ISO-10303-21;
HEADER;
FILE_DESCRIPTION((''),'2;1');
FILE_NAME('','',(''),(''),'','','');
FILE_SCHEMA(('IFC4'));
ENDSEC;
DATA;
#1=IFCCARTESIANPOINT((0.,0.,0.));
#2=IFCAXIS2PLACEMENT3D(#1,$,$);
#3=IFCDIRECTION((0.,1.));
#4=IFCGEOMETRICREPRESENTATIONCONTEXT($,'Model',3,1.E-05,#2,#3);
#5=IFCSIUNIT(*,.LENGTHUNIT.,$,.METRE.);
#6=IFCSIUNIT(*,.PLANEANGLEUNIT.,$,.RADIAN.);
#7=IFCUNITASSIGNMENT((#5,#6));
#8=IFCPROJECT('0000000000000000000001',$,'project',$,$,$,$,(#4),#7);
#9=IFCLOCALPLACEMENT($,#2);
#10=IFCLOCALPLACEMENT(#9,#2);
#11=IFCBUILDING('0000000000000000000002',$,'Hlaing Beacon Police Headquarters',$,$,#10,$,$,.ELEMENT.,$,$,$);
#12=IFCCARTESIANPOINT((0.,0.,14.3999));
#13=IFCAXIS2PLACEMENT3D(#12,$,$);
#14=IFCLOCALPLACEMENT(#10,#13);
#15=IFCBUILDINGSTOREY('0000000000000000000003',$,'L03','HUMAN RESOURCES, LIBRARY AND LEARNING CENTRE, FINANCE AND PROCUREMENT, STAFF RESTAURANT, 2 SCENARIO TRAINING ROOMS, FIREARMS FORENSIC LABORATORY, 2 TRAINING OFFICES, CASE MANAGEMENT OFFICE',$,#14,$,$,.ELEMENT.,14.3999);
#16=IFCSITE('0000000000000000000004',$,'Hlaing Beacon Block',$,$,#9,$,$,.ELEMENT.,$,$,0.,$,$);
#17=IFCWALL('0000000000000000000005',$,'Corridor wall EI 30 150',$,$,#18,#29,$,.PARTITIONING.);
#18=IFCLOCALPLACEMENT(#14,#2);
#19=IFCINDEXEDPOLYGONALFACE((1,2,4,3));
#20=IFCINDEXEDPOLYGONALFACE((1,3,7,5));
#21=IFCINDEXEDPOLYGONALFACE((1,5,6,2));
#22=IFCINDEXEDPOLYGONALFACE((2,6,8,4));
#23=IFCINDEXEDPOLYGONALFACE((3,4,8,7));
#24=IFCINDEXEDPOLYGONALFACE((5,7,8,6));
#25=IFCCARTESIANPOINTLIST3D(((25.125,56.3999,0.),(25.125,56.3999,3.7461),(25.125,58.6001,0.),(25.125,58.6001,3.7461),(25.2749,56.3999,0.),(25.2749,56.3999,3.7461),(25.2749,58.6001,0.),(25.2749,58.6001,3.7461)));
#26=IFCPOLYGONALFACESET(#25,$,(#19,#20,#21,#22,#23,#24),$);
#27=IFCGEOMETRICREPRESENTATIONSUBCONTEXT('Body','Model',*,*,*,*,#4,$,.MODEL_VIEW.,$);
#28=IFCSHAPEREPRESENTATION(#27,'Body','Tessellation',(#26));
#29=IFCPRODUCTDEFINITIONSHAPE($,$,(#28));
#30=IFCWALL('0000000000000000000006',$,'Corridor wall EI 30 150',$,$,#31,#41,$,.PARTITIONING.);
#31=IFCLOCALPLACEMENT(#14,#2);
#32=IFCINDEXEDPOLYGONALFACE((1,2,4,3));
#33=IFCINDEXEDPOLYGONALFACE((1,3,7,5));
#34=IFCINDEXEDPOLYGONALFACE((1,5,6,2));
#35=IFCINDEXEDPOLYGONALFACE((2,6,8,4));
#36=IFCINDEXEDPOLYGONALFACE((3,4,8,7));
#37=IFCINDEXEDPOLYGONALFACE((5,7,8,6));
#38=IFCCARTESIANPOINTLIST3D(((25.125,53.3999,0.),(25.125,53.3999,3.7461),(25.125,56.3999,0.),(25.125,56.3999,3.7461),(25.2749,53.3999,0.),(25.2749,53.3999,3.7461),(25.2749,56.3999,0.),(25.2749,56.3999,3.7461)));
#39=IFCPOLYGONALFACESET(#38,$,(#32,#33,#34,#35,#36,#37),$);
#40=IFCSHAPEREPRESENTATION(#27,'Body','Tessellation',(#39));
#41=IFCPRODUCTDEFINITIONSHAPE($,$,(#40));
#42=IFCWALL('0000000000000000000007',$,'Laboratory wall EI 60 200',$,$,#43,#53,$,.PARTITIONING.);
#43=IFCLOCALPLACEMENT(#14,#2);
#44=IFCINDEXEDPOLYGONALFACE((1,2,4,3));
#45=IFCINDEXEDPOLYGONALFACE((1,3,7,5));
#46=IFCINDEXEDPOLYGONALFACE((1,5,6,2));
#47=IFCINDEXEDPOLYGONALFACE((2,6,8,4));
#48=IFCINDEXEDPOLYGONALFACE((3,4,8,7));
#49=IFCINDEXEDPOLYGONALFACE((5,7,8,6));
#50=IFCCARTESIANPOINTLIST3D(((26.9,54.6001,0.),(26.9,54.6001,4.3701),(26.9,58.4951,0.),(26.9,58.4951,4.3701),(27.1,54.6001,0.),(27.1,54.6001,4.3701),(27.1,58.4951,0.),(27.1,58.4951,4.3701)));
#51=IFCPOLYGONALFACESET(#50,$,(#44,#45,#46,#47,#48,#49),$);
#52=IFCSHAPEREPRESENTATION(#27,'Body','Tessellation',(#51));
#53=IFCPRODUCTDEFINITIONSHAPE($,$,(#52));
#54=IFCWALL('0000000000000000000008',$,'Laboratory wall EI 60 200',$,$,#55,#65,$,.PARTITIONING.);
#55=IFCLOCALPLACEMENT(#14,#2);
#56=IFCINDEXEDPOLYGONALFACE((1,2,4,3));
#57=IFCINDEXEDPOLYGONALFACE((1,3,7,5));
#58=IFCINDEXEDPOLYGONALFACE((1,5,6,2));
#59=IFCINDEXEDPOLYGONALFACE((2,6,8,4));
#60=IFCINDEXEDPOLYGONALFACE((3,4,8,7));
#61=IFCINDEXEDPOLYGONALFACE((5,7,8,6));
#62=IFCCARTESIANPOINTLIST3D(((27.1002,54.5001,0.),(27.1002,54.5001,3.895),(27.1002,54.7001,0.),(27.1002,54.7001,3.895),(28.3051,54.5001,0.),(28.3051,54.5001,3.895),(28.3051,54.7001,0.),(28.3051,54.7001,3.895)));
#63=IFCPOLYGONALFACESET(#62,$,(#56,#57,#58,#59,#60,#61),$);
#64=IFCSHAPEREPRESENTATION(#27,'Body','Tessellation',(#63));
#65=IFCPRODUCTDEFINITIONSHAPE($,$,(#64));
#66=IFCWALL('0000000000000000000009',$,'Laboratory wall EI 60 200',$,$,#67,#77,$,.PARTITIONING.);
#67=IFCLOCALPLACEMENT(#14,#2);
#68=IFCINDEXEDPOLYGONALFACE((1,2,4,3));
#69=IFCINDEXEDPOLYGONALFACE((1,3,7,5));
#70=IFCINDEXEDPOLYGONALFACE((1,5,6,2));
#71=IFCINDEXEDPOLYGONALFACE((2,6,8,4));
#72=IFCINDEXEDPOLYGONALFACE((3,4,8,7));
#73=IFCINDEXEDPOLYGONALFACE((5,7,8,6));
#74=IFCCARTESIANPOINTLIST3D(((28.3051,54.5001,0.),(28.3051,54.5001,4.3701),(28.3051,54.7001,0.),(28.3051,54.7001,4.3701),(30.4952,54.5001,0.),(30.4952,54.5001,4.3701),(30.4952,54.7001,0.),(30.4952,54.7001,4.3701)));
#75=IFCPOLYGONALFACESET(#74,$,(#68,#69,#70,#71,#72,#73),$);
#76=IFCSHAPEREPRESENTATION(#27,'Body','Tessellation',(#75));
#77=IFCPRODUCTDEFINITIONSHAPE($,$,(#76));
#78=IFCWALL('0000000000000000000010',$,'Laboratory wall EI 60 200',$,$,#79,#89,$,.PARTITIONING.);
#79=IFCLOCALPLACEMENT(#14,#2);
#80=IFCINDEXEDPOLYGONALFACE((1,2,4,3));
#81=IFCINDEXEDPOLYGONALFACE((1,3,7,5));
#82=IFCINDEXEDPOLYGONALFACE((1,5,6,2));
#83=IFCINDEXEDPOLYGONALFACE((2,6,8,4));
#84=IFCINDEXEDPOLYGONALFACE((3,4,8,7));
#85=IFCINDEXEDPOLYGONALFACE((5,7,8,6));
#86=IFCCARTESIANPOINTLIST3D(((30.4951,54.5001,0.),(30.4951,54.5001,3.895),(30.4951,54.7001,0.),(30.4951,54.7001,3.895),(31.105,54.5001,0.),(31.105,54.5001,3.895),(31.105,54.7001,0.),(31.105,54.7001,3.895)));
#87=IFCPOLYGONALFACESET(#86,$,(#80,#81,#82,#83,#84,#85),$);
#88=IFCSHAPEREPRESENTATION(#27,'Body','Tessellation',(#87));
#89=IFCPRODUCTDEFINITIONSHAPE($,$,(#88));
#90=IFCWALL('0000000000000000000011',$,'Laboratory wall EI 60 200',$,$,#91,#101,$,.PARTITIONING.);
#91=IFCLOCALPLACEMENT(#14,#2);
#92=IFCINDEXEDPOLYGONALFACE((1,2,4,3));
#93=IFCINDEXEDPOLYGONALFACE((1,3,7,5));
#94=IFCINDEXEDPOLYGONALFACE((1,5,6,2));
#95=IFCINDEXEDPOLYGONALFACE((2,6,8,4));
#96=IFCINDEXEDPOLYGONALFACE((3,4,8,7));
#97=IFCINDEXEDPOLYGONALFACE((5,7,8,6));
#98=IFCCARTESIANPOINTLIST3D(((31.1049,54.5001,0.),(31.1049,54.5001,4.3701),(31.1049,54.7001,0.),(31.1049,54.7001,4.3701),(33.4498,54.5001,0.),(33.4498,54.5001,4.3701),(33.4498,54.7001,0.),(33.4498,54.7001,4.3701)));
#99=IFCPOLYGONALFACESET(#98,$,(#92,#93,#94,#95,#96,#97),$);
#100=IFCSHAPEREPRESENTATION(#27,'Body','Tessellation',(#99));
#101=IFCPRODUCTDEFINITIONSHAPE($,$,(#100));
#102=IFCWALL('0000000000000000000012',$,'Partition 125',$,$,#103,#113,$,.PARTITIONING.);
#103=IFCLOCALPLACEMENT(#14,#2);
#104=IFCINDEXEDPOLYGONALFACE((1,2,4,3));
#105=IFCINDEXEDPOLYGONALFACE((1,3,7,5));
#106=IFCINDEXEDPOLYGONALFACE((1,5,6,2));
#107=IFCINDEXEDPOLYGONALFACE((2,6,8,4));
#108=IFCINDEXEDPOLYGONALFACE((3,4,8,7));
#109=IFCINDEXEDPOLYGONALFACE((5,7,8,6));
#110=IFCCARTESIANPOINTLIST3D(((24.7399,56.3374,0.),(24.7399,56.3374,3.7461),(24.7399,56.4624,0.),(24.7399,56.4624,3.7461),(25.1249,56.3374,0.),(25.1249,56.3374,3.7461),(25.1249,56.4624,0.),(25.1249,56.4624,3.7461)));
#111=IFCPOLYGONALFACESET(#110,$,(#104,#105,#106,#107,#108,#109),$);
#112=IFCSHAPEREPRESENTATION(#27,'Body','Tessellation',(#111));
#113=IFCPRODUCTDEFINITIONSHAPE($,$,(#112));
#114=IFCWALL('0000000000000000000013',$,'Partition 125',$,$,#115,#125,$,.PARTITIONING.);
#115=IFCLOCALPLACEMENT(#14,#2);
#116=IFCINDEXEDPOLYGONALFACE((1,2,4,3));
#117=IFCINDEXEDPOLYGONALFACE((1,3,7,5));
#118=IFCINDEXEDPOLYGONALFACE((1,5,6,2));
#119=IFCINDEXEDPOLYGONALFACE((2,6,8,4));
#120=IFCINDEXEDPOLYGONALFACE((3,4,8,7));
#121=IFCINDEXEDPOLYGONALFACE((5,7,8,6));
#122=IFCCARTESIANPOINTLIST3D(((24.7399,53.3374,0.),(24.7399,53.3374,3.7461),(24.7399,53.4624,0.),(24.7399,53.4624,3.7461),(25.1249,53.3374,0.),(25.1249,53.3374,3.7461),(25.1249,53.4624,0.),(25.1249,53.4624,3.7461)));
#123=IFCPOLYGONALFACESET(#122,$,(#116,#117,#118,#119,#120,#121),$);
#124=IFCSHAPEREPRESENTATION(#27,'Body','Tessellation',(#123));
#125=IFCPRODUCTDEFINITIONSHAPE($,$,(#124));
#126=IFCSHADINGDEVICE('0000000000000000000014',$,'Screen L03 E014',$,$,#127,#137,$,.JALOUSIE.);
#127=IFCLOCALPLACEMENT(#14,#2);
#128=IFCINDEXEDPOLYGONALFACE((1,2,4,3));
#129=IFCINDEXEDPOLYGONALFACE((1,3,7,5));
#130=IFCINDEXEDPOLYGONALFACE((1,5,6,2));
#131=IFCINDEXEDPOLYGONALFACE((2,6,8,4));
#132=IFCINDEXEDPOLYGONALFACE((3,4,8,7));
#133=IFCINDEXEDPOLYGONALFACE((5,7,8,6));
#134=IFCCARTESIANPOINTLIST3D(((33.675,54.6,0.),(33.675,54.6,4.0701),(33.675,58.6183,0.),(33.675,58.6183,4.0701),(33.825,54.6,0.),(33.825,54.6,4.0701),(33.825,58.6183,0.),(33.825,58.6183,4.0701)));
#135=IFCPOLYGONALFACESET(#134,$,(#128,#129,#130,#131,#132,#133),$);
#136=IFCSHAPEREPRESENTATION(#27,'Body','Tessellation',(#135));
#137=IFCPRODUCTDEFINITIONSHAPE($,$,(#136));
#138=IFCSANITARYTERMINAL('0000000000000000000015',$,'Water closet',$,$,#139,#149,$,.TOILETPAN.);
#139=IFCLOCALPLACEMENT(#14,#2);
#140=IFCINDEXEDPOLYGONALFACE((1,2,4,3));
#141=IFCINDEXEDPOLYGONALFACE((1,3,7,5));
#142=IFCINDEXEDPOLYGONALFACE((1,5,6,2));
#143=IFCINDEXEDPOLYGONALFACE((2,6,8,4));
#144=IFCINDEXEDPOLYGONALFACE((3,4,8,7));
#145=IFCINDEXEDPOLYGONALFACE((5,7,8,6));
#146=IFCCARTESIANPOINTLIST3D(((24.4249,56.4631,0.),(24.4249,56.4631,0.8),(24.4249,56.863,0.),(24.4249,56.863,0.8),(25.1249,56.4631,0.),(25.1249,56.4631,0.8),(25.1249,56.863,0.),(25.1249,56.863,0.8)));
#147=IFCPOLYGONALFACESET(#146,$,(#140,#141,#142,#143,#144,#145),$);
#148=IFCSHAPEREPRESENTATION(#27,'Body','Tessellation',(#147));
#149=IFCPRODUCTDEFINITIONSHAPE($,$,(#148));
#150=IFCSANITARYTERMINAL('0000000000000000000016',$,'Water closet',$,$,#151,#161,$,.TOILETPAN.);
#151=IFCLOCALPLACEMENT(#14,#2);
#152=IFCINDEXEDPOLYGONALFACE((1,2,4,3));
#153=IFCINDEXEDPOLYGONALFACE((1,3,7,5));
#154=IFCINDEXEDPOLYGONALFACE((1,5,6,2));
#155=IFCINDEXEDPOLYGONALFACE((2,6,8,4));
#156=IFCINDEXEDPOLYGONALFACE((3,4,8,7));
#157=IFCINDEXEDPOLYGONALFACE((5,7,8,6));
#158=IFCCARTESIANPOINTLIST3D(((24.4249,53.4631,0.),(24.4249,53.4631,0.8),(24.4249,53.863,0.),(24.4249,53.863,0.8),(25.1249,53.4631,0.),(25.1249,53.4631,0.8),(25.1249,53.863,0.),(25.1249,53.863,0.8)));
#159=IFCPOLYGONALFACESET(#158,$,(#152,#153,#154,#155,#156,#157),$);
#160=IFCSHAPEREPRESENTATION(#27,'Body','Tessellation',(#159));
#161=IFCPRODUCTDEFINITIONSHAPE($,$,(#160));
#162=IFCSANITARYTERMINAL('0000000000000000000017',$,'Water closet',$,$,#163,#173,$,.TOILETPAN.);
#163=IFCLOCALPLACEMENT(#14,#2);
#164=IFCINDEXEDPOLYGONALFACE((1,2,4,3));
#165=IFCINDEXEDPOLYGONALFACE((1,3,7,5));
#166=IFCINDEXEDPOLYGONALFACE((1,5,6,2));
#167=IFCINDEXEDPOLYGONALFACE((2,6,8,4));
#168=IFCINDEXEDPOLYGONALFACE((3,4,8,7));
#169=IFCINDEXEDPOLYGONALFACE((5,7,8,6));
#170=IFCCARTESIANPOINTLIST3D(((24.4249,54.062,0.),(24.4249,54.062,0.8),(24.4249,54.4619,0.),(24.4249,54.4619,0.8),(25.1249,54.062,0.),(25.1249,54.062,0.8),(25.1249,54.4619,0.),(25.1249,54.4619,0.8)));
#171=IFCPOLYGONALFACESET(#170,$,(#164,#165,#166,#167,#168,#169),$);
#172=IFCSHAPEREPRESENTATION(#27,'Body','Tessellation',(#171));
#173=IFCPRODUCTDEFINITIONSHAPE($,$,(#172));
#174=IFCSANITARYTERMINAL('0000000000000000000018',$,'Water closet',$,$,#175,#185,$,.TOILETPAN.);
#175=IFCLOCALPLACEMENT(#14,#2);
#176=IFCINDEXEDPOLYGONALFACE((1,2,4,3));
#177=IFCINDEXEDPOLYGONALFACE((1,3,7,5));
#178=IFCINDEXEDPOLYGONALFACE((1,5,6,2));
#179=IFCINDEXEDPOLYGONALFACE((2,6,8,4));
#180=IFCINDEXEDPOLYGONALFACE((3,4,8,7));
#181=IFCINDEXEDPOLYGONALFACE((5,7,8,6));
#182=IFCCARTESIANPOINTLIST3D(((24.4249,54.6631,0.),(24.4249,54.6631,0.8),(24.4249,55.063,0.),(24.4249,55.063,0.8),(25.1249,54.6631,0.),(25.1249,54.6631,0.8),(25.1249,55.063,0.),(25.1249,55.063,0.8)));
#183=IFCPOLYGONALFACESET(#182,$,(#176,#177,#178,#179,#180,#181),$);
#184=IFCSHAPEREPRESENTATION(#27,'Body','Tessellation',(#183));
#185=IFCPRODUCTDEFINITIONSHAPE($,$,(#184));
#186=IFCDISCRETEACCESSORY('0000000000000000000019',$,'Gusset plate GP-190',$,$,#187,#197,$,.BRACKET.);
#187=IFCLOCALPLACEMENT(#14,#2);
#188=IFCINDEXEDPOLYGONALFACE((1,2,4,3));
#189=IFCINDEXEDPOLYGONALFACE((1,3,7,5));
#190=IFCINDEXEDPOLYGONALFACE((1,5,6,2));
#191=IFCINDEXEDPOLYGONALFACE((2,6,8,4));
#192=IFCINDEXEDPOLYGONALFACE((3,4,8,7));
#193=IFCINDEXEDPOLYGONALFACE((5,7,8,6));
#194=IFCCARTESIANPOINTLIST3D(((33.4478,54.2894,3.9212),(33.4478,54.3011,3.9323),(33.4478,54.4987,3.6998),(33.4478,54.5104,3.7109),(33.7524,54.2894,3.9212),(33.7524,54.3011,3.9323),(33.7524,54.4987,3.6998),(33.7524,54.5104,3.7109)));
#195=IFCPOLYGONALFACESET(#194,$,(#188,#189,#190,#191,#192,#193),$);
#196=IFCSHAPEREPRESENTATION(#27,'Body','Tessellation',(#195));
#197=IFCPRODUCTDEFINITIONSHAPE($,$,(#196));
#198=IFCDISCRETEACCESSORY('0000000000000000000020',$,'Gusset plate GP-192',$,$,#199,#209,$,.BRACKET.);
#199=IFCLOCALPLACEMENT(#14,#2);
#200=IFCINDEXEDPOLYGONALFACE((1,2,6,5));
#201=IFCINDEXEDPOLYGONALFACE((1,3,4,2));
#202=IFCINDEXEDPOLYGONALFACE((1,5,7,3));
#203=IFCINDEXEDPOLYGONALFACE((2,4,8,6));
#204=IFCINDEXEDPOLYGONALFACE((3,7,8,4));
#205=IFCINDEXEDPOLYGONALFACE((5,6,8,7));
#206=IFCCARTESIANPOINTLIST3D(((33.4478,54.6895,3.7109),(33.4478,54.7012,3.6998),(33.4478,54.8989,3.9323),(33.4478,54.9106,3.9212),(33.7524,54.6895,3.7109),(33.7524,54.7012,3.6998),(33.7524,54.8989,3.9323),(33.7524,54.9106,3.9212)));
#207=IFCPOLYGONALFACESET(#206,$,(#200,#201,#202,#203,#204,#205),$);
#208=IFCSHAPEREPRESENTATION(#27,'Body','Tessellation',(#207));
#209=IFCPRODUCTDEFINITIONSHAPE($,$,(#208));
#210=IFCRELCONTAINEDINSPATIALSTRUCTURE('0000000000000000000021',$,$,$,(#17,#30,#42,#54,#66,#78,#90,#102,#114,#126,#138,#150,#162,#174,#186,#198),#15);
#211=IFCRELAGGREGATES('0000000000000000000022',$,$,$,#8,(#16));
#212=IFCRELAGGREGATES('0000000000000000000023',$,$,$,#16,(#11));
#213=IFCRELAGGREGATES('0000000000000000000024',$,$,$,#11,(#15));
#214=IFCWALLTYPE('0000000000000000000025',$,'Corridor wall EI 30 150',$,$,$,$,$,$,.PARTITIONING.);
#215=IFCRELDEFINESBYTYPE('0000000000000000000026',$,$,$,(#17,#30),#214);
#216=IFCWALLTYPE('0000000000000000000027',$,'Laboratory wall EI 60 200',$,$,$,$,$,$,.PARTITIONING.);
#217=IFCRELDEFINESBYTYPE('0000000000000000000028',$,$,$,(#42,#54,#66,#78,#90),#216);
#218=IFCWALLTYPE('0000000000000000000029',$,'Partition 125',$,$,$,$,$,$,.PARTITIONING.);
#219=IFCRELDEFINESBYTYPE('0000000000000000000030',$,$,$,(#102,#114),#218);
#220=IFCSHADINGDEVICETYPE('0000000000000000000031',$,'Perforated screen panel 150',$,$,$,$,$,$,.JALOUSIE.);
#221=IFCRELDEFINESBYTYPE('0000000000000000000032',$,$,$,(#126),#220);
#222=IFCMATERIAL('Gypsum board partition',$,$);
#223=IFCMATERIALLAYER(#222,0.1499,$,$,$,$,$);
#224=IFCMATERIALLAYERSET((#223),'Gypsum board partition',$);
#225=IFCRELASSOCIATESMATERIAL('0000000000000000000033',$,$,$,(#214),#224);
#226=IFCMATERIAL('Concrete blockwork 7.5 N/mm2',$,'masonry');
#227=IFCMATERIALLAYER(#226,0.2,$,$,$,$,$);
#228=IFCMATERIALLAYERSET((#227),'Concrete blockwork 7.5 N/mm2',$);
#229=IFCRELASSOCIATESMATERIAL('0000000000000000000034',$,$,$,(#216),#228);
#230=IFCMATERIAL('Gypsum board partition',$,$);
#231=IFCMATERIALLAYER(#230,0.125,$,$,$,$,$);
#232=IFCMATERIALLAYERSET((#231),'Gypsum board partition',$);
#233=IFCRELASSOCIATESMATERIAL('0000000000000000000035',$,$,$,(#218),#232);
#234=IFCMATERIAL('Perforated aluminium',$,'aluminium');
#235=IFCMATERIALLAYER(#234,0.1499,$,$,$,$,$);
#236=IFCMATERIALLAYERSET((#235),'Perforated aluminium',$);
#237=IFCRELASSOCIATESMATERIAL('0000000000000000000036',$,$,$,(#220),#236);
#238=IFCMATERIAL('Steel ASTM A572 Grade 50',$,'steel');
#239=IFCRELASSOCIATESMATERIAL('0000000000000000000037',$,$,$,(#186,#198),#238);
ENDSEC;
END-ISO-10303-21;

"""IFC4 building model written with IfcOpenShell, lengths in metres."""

from ifc_helpers import new_model, si_unit, direction, frame, frame_2d, origin, origin_2d, place, context, subcontext, project, spatial, rectangle, extrude, material, layer, layer_set, type_object, element, save


model = new_model("IFC4")

# Units and contexts
model_context = context("Model", 3, precision=1e-05, world=origin(), true_north=direction((0.0, 1.0)))
body_context = subcontext(model_context, "Body", "Model", "MODEL_VIEW")
ifc_project = project(units=[si_unit("LENGTHUNIT", "METRE"), si_unit("PLANEANGLEUNIT", "RADIAN")], contexts=[model_context])

# Site, building, storey
site_placement = place(None, origin())
site = spatial("IfcSite", under=ifc_project, at=site_placement, Name="Hlaing Beacon Block", CompositionType="ELEMENT", RefElevation=0.0)
building_placement = place(site_placement, origin())
building = spatial("IfcBuilding", under=site, at=building_placement, Name="Hlaing Beacon Police Headquarters", CompositionType="ELEMENT")
storey_placement = place(building_placement, frame((0.0, 0.0, 14.3999)))
storey = spatial("IfcBuildingStorey", under=building, at=storey_placement, Name="L03", Description="HUMAN RESOURCES, LIBRARY AND LEARNING CENTRE, FINANCE AND PROCUREMENT, STAFF RESTAURANT, 2 SCENARIO TRAINING ROOMS, FIREARMS FORENSIC LABORATORY, 2 TRAINING OFFICES, CASE MANAGEMENT OFFICE", CompositionType="ELEMENT", Elevation=14.3999)

# Walls
ifc_material_1 = material(Name="Gypsum board partition")
ifc_layer_1 = layer(ifc_material_1, 0.1499)
ifc_layer_set_1 = layer_set([ifc_layer_1], Name="Gypsum board partition")
wall_type_1 = type_object("IfcWallType", Name="Corridor wall EI 30 150", PredefinedType="PARTITIONING", material=ifc_layer_set_1)
wall_1_placement = place(storey_placement, frame((25.2, 56.3999, 0.0), z_axis=(0.0, 0.0, 1.0), x_axis=(0.0, 1.0, 0.0)))
element("IfcWall", 1, at=wall_1_placement, inside=storey, type_object=wall_type_1, Name="Corridor wall EI 30 150", PredefinedType="PARTITIONING", context=body_context, shape_type="SweptSolid", body=[
    extrude(rectangle(XDim=2.2002, YDim=0.1499, at=frame_2d((1.1001, 0.0))), origin(), (0.0, 0.0, 1.0), 3.7461),
])
wall_2_placement = place(storey_placement, frame((25.2, 53.3999, 0.0), z_axis=(0.0, 0.0, 1.0), x_axis=(0.0, 1.0, 0.0)))
element("IfcWall", 2, at=wall_2_placement, inside=storey, type_object=wall_type_1, Name="Corridor wall EI 30 150", PredefinedType="PARTITIONING", context=body_context, shape_type="SweptSolid", body=[
    extrude(rectangle(XDim=3.0, YDim=0.1499, at=frame_2d((1.5, 0.0))), origin(), (0.0, 0.0, 1.0), 3.7461),
])
ifc_material_2 = material(Name="Concrete blockwork 7.5 N/mm2", Category="masonry")
ifc_layer_2 = layer(ifc_material_2, 0.2)
ifc_layer_set_2 = layer_set([ifc_layer_2], Name="Concrete blockwork 7.5 N/mm2")
wall_type_2 = type_object("IfcWallType", Name="Laboratory wall EI 60 200", PredefinedType="PARTITIONING", material=ifc_layer_set_2)
wall_3_placement = place(storey_placement, frame((27.0, 54.6001, 0.0), z_axis=(0.0, 0.0, 1.0), x_axis=(0.0, 1.0, 0.0)))
element("IfcWall", 3, at=wall_3_placement, inside=storey, type_object=wall_type_2, Name="Laboratory wall EI 60 200", PredefinedType="PARTITIONING", context=body_context, shape_type="SweptSolid", body=[
    extrude(rectangle(XDim=3.895, YDim=0.2, at=frame_2d((1.9475, 0.0))), origin(), (0.0, 0.0, 1.0), 4.3701),
])
wall_4_placement = place(storey_placement, frame((27.1001, 54.6001, 0.0), z_axis=(0.0, 0.0, 1.0), x_axis=(1.0, 0.0, 0.0)))
element("IfcWall", 4, at=wall_4_placement, inside=storey, type_object=wall_type_2, Name="Laboratory wall EI 60 200", PredefinedType="PARTITIONING", context=body_context, shape_type="SweptSolid", body=[
    extrude(rectangle(XDim=1.2048, YDim=0.2, at=frame_2d((0.6025, 0.0))), origin(), (0.0, 0.0, 1.0), 3.895),
])
wall_5_placement = place(storey_placement, frame((28.3049, 54.6001, 0.0), z_axis=(0.0, 0.0, 1.0), x_axis=(1.0, 0.0, 0.0)))
element("IfcWall", 5, at=wall_5_placement, inside=storey, type_object=wall_type_2, Name="Laboratory wall EI 60 200", PredefinedType="PARTITIONING", context=body_context, shape_type="SweptSolid", body=[
    extrude(rectangle(XDim=2.1902, YDim=0.2, at=frame_2d((1.0952, 0.0))), origin(), (0.0, 0.0, 1.0), 4.3701),
])
wall_6_placement = place(storey_placement, frame((30.4951, 54.6001, 0.0), z_axis=(0.0, 0.0, 1.0), x_axis=(1.0, 0.0, 0.0)))
element("IfcWall", 6, at=wall_6_placement, inside=storey, type_object=wall_type_2, Name="Laboratory wall EI 60 200", PredefinedType="PARTITIONING", context=body_context, shape_type="SweptSolid", body=[
    extrude(rectangle(XDim=0.6099, YDim=0.2, at=frame_2d((0.3049, 0.0))), origin(), (0.0, 0.0, 1.0), 3.895),
])
wall_7_placement = place(storey_placement, frame((31.105, 54.6001, 0.0), z_axis=(0.0, 0.0, 1.0), x_axis=(1.0, 0.0, 0.0)))
element("IfcWall", 7, at=wall_7_placement, inside=storey, type_object=wall_type_2, Name="Laboratory wall EI 60 200", PredefinedType="PARTITIONING", context=body_context, shape_type="SweptSolid", body=[
    extrude(rectangle(XDim=2.345, YDim=0.2, at=frame_2d((1.1724, 0.0))), origin(), (0.0, 0.0, 1.0), 4.3701),
])
ifc_material_3 = material(Name="Gypsum board partition")
ifc_layer_3 = layer(ifc_material_3, 0.125)
ifc_layer_set_3 = layer_set([ifc_layer_3], Name="Gypsum board partition")
wall_type_3 = type_object("IfcWallType", Name="Partition 125", PredefinedType="PARTITIONING", material=ifc_layer_set_3)
for number, where, z_axis, x_axis, name in (
    (8, (24.74, 56.3999, 0.0), (0.0, 0.0, 1.0), (1.0, 0.0, 0.0), "Partition 125"),
    (9, (24.74, 53.3999, 0.0), (0.0, 0.0, 1.0), (1.0, 0.0, 0.0), "Partition 125"),
):
    element("IfcWall", number, at=place(storey_placement, frame(where, z_axis=z_axis, x_axis=x_axis)), inside=storey, type_object=wall_type_3, Name=name, PredefinedType="PARTITIONING", context=body_context, shape_type="SweptSolid", body=[
        extrude(rectangle(XDim=0.385, YDim=0.125, at=frame_2d((0.1924, 0.0))), origin(), (0.0, 0.0, 1.0), 3.7461),
    ])

# Shading device
ifc_material_4 = material(Name="Perforated aluminium", Category="aluminium")
ifc_layer_4 = layer(ifc_material_4, 0.1499)
ifc_layer_set_4 = layer_set([ifc_layer_4], Name="Perforated aluminium")
shading_device_type = type_object("IfcShadingDeviceType", Name="Perforated screen panel 150", PredefinedType="JALOUSIE", material=ifc_layer_set_4)
shading_device_placement = place(storey_placement, frame((33.75, 56.6091, 0.0), z_axis=(0.0, 0.0, 1.0), x_axis=(0.0, 1.0, 0.0)))
element("IfcShadingDevice", 10, at=shading_device_placement, inside=storey, type_object=shading_device_type, Name="Screen L03 E014", PredefinedType="JALOUSIE", context=body_context, shape_type="SweptSolid", body=[
    extrude(rectangle(XDim=4.0183, YDim=0.1499, at=origin_2d()), origin(), (0.0, 0.0, 1.0), 4.0701),
])

# Sanitary terminals
for number, where, z_axis, x_axis, name in (
    (11, (24.7749, 56.6631, 0.0), (0.0, 0.0, 1.0), (1.0, 0.0, 0.0), "Water closet"),
    (12, (24.7749, 53.6631, 0.0), (0.0, 0.0, 1.0), (1.0, 0.0, 0.0), "Water closet"),
    (13, (24.7749, 54.262, 0.0), (0.0, 0.0, 1.0), (1.0, 0.0, 0.0), "Water closet"),
    (14, (24.7749, 54.863, 0.0), (0.0, 0.0, 1.0), (1.0, 0.0, 0.0), "Water closet"),
):
    element("IfcSanitaryTerminal", number, at=place(storey_placement, frame(where, z_axis=z_axis, x_axis=x_axis)), inside=storey, Name=name, PredefinedType="TOILETPAN", context=body_context, shape_type="SweptSolid", body=[
        extrude(rectangle(XDim=0.7, YDim=0.3999, at=origin_2d()), origin(), (0.0, 0.0, 1.0), 0.8),
    ])

# Discrete accessories
ifc_material_5 = material(Name="Steel ASTM A572 Grade 50", Category="steel")
for number, where, z_axis, x_axis, name in (
    (15, (33.6001, 54.394, 3.8105), (0.0, 0.726657, 0.687001), (-1.0, 0.0, 0.0), "Gusset plate GP-190"),
    (16, (33.6001, 54.8059, 3.8105), (0.0, -0.726657, 0.687001), (1.0, 0.0, 0.0), "Gusset plate GP-192"),
):
    element("IfcDiscreteAccessory", number, at=place(storey_placement, frame(where, z_axis=z_axis, x_axis=x_axis)), inside=storey, material=ifc_material_5, Name=name, PredefinedType="BRACKET", context=body_context, shape_type="SweptSolid", body=[
        extrude(rectangle(XDim=0.3047, YDim=0.3047, at=origin_2d()), origin(), (0.0, 0.0, 1.0), 0.0161),
    ])

save(model, "model.ifc")
